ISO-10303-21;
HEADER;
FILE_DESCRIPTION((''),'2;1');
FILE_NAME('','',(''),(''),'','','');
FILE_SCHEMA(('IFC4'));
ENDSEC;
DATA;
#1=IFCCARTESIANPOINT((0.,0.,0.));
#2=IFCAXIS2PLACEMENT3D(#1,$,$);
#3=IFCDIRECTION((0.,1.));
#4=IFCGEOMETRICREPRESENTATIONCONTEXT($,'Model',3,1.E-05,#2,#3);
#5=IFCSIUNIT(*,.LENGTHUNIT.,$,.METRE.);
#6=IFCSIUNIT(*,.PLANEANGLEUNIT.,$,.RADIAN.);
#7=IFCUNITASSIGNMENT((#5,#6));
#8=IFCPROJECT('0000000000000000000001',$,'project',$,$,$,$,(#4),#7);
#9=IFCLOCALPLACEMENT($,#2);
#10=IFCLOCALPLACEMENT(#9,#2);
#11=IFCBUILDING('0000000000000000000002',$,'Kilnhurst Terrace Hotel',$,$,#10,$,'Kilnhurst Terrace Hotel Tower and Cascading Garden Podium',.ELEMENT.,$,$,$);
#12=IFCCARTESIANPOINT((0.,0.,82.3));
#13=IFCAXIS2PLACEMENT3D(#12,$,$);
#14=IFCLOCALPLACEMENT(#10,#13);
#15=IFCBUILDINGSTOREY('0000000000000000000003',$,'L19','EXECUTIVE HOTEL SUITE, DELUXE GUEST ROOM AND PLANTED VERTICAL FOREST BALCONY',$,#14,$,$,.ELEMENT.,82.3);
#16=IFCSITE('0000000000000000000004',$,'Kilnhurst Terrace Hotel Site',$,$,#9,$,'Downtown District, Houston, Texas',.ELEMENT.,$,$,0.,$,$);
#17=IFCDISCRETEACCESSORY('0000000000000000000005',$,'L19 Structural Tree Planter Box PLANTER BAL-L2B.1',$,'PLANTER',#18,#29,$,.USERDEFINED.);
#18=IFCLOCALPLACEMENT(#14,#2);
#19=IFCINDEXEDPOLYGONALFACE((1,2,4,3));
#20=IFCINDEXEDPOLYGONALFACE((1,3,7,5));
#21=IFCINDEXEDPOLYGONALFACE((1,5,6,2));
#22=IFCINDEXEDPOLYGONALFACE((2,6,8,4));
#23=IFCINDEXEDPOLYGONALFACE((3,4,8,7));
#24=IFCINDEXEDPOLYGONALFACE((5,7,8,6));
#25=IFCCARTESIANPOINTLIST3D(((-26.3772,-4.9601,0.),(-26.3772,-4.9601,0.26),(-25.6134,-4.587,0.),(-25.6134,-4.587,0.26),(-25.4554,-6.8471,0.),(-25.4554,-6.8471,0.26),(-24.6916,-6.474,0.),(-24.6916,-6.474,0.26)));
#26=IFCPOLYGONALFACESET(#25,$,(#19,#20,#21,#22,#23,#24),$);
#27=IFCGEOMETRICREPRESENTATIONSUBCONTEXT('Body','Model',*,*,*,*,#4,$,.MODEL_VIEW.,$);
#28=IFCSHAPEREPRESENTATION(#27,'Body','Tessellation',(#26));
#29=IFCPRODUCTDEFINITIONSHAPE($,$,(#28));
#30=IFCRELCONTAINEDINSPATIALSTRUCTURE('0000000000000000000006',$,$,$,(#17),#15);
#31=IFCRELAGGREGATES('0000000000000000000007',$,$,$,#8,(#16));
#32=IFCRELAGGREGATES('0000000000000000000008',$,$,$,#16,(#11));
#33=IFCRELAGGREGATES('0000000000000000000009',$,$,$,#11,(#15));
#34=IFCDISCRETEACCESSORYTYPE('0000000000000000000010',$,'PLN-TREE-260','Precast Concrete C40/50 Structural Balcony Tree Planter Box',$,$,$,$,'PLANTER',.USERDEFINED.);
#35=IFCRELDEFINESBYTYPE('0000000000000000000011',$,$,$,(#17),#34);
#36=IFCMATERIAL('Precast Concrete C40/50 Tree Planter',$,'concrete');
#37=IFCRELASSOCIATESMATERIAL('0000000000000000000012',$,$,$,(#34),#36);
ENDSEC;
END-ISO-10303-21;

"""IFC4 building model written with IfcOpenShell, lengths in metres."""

from ifc_helpers import new_model, si_unit, direction, frame, origin, origin_2d, place, context, subcontext, project, spatial, rectangle, extrude, material, type_object, element, save


model = new_model("IFC4")

# Units and contexts
model_context = context("Model", 3, precision=1e-05, world=origin(), true_north=direction((0.0, 1.0)))
body_context = subcontext(model_context, "Body", "Model", "MODEL_VIEW")
ifc_project = project(units=[si_unit("LENGTHUNIT", "METRE"), si_unit("PLANEANGLEUNIT", "RADIAN")], contexts=[model_context])

# Site, building, storey
site_placement = place(None, origin())
site = spatial("IfcSite", under=ifc_project, at=site_placement, Name="Kilnhurst Terrace Hotel Site", LongName="Downtown District, Houston, Texas", CompositionType="ELEMENT", RefElevation=0.0)
building_placement = place(site_placement, origin())
building = spatial("IfcBuilding", under=site, at=building_placement, Name="Kilnhurst Terrace Hotel", LongName="Kilnhurst Terrace Hotel Tower and Cascading Garden Podium", CompositionType="ELEMENT")
storey_placement = place(building_placement, frame((0.0, 0.0, 82.3)))
storey = spatial("IfcBuildingStorey", under=building, at=storey_placement, Name="L19", Description="EXECUTIVE HOTEL SUITE, DELUXE GUEST ROOM AND PLANTED VERTICAL FOREST BALCONY", CompositionType="ELEMENT", Elevation=82.3)

# Discrete accessory
ifc_material_1 = material(Name="Precast Concrete C40/50 Tree Planter", Category="concrete")
discrete_accessory_type = type_object("IfcDiscreteAccessoryType", Name="PLN-TREE-260", Description="Precast Concrete C40/50 Structural Balcony Tree Planter Box", ElementType="PLANTER", PredefinedType="USERDEFINED", material=ifc_material_1)
discrete_accessory_placement = place(storey_placement, frame((-25.5344, -5.717, 0.0), z_axis=(0.0, 0.0, 1.0), x_axis=(0.438936, -0.898518, 0.0)))
element("IfcDiscreteAccessory", 1, at=discrete_accessory_placement, inside=storey, type_object=discrete_accessory_type, Name="L19 Structural Tree Planter Box PLANTER BAL-L2B.1", ObjectType="PLANTER", PredefinedType="USERDEFINED", context=body_context, shape_type="SweptSolid", body=[
    extrude(rectangle(XDim=2.1001, YDim=0.8501, at=origin_2d()), origin(), (0.0, 0.0, 1.0), 0.26),
])

save(model, "model.ifc")
